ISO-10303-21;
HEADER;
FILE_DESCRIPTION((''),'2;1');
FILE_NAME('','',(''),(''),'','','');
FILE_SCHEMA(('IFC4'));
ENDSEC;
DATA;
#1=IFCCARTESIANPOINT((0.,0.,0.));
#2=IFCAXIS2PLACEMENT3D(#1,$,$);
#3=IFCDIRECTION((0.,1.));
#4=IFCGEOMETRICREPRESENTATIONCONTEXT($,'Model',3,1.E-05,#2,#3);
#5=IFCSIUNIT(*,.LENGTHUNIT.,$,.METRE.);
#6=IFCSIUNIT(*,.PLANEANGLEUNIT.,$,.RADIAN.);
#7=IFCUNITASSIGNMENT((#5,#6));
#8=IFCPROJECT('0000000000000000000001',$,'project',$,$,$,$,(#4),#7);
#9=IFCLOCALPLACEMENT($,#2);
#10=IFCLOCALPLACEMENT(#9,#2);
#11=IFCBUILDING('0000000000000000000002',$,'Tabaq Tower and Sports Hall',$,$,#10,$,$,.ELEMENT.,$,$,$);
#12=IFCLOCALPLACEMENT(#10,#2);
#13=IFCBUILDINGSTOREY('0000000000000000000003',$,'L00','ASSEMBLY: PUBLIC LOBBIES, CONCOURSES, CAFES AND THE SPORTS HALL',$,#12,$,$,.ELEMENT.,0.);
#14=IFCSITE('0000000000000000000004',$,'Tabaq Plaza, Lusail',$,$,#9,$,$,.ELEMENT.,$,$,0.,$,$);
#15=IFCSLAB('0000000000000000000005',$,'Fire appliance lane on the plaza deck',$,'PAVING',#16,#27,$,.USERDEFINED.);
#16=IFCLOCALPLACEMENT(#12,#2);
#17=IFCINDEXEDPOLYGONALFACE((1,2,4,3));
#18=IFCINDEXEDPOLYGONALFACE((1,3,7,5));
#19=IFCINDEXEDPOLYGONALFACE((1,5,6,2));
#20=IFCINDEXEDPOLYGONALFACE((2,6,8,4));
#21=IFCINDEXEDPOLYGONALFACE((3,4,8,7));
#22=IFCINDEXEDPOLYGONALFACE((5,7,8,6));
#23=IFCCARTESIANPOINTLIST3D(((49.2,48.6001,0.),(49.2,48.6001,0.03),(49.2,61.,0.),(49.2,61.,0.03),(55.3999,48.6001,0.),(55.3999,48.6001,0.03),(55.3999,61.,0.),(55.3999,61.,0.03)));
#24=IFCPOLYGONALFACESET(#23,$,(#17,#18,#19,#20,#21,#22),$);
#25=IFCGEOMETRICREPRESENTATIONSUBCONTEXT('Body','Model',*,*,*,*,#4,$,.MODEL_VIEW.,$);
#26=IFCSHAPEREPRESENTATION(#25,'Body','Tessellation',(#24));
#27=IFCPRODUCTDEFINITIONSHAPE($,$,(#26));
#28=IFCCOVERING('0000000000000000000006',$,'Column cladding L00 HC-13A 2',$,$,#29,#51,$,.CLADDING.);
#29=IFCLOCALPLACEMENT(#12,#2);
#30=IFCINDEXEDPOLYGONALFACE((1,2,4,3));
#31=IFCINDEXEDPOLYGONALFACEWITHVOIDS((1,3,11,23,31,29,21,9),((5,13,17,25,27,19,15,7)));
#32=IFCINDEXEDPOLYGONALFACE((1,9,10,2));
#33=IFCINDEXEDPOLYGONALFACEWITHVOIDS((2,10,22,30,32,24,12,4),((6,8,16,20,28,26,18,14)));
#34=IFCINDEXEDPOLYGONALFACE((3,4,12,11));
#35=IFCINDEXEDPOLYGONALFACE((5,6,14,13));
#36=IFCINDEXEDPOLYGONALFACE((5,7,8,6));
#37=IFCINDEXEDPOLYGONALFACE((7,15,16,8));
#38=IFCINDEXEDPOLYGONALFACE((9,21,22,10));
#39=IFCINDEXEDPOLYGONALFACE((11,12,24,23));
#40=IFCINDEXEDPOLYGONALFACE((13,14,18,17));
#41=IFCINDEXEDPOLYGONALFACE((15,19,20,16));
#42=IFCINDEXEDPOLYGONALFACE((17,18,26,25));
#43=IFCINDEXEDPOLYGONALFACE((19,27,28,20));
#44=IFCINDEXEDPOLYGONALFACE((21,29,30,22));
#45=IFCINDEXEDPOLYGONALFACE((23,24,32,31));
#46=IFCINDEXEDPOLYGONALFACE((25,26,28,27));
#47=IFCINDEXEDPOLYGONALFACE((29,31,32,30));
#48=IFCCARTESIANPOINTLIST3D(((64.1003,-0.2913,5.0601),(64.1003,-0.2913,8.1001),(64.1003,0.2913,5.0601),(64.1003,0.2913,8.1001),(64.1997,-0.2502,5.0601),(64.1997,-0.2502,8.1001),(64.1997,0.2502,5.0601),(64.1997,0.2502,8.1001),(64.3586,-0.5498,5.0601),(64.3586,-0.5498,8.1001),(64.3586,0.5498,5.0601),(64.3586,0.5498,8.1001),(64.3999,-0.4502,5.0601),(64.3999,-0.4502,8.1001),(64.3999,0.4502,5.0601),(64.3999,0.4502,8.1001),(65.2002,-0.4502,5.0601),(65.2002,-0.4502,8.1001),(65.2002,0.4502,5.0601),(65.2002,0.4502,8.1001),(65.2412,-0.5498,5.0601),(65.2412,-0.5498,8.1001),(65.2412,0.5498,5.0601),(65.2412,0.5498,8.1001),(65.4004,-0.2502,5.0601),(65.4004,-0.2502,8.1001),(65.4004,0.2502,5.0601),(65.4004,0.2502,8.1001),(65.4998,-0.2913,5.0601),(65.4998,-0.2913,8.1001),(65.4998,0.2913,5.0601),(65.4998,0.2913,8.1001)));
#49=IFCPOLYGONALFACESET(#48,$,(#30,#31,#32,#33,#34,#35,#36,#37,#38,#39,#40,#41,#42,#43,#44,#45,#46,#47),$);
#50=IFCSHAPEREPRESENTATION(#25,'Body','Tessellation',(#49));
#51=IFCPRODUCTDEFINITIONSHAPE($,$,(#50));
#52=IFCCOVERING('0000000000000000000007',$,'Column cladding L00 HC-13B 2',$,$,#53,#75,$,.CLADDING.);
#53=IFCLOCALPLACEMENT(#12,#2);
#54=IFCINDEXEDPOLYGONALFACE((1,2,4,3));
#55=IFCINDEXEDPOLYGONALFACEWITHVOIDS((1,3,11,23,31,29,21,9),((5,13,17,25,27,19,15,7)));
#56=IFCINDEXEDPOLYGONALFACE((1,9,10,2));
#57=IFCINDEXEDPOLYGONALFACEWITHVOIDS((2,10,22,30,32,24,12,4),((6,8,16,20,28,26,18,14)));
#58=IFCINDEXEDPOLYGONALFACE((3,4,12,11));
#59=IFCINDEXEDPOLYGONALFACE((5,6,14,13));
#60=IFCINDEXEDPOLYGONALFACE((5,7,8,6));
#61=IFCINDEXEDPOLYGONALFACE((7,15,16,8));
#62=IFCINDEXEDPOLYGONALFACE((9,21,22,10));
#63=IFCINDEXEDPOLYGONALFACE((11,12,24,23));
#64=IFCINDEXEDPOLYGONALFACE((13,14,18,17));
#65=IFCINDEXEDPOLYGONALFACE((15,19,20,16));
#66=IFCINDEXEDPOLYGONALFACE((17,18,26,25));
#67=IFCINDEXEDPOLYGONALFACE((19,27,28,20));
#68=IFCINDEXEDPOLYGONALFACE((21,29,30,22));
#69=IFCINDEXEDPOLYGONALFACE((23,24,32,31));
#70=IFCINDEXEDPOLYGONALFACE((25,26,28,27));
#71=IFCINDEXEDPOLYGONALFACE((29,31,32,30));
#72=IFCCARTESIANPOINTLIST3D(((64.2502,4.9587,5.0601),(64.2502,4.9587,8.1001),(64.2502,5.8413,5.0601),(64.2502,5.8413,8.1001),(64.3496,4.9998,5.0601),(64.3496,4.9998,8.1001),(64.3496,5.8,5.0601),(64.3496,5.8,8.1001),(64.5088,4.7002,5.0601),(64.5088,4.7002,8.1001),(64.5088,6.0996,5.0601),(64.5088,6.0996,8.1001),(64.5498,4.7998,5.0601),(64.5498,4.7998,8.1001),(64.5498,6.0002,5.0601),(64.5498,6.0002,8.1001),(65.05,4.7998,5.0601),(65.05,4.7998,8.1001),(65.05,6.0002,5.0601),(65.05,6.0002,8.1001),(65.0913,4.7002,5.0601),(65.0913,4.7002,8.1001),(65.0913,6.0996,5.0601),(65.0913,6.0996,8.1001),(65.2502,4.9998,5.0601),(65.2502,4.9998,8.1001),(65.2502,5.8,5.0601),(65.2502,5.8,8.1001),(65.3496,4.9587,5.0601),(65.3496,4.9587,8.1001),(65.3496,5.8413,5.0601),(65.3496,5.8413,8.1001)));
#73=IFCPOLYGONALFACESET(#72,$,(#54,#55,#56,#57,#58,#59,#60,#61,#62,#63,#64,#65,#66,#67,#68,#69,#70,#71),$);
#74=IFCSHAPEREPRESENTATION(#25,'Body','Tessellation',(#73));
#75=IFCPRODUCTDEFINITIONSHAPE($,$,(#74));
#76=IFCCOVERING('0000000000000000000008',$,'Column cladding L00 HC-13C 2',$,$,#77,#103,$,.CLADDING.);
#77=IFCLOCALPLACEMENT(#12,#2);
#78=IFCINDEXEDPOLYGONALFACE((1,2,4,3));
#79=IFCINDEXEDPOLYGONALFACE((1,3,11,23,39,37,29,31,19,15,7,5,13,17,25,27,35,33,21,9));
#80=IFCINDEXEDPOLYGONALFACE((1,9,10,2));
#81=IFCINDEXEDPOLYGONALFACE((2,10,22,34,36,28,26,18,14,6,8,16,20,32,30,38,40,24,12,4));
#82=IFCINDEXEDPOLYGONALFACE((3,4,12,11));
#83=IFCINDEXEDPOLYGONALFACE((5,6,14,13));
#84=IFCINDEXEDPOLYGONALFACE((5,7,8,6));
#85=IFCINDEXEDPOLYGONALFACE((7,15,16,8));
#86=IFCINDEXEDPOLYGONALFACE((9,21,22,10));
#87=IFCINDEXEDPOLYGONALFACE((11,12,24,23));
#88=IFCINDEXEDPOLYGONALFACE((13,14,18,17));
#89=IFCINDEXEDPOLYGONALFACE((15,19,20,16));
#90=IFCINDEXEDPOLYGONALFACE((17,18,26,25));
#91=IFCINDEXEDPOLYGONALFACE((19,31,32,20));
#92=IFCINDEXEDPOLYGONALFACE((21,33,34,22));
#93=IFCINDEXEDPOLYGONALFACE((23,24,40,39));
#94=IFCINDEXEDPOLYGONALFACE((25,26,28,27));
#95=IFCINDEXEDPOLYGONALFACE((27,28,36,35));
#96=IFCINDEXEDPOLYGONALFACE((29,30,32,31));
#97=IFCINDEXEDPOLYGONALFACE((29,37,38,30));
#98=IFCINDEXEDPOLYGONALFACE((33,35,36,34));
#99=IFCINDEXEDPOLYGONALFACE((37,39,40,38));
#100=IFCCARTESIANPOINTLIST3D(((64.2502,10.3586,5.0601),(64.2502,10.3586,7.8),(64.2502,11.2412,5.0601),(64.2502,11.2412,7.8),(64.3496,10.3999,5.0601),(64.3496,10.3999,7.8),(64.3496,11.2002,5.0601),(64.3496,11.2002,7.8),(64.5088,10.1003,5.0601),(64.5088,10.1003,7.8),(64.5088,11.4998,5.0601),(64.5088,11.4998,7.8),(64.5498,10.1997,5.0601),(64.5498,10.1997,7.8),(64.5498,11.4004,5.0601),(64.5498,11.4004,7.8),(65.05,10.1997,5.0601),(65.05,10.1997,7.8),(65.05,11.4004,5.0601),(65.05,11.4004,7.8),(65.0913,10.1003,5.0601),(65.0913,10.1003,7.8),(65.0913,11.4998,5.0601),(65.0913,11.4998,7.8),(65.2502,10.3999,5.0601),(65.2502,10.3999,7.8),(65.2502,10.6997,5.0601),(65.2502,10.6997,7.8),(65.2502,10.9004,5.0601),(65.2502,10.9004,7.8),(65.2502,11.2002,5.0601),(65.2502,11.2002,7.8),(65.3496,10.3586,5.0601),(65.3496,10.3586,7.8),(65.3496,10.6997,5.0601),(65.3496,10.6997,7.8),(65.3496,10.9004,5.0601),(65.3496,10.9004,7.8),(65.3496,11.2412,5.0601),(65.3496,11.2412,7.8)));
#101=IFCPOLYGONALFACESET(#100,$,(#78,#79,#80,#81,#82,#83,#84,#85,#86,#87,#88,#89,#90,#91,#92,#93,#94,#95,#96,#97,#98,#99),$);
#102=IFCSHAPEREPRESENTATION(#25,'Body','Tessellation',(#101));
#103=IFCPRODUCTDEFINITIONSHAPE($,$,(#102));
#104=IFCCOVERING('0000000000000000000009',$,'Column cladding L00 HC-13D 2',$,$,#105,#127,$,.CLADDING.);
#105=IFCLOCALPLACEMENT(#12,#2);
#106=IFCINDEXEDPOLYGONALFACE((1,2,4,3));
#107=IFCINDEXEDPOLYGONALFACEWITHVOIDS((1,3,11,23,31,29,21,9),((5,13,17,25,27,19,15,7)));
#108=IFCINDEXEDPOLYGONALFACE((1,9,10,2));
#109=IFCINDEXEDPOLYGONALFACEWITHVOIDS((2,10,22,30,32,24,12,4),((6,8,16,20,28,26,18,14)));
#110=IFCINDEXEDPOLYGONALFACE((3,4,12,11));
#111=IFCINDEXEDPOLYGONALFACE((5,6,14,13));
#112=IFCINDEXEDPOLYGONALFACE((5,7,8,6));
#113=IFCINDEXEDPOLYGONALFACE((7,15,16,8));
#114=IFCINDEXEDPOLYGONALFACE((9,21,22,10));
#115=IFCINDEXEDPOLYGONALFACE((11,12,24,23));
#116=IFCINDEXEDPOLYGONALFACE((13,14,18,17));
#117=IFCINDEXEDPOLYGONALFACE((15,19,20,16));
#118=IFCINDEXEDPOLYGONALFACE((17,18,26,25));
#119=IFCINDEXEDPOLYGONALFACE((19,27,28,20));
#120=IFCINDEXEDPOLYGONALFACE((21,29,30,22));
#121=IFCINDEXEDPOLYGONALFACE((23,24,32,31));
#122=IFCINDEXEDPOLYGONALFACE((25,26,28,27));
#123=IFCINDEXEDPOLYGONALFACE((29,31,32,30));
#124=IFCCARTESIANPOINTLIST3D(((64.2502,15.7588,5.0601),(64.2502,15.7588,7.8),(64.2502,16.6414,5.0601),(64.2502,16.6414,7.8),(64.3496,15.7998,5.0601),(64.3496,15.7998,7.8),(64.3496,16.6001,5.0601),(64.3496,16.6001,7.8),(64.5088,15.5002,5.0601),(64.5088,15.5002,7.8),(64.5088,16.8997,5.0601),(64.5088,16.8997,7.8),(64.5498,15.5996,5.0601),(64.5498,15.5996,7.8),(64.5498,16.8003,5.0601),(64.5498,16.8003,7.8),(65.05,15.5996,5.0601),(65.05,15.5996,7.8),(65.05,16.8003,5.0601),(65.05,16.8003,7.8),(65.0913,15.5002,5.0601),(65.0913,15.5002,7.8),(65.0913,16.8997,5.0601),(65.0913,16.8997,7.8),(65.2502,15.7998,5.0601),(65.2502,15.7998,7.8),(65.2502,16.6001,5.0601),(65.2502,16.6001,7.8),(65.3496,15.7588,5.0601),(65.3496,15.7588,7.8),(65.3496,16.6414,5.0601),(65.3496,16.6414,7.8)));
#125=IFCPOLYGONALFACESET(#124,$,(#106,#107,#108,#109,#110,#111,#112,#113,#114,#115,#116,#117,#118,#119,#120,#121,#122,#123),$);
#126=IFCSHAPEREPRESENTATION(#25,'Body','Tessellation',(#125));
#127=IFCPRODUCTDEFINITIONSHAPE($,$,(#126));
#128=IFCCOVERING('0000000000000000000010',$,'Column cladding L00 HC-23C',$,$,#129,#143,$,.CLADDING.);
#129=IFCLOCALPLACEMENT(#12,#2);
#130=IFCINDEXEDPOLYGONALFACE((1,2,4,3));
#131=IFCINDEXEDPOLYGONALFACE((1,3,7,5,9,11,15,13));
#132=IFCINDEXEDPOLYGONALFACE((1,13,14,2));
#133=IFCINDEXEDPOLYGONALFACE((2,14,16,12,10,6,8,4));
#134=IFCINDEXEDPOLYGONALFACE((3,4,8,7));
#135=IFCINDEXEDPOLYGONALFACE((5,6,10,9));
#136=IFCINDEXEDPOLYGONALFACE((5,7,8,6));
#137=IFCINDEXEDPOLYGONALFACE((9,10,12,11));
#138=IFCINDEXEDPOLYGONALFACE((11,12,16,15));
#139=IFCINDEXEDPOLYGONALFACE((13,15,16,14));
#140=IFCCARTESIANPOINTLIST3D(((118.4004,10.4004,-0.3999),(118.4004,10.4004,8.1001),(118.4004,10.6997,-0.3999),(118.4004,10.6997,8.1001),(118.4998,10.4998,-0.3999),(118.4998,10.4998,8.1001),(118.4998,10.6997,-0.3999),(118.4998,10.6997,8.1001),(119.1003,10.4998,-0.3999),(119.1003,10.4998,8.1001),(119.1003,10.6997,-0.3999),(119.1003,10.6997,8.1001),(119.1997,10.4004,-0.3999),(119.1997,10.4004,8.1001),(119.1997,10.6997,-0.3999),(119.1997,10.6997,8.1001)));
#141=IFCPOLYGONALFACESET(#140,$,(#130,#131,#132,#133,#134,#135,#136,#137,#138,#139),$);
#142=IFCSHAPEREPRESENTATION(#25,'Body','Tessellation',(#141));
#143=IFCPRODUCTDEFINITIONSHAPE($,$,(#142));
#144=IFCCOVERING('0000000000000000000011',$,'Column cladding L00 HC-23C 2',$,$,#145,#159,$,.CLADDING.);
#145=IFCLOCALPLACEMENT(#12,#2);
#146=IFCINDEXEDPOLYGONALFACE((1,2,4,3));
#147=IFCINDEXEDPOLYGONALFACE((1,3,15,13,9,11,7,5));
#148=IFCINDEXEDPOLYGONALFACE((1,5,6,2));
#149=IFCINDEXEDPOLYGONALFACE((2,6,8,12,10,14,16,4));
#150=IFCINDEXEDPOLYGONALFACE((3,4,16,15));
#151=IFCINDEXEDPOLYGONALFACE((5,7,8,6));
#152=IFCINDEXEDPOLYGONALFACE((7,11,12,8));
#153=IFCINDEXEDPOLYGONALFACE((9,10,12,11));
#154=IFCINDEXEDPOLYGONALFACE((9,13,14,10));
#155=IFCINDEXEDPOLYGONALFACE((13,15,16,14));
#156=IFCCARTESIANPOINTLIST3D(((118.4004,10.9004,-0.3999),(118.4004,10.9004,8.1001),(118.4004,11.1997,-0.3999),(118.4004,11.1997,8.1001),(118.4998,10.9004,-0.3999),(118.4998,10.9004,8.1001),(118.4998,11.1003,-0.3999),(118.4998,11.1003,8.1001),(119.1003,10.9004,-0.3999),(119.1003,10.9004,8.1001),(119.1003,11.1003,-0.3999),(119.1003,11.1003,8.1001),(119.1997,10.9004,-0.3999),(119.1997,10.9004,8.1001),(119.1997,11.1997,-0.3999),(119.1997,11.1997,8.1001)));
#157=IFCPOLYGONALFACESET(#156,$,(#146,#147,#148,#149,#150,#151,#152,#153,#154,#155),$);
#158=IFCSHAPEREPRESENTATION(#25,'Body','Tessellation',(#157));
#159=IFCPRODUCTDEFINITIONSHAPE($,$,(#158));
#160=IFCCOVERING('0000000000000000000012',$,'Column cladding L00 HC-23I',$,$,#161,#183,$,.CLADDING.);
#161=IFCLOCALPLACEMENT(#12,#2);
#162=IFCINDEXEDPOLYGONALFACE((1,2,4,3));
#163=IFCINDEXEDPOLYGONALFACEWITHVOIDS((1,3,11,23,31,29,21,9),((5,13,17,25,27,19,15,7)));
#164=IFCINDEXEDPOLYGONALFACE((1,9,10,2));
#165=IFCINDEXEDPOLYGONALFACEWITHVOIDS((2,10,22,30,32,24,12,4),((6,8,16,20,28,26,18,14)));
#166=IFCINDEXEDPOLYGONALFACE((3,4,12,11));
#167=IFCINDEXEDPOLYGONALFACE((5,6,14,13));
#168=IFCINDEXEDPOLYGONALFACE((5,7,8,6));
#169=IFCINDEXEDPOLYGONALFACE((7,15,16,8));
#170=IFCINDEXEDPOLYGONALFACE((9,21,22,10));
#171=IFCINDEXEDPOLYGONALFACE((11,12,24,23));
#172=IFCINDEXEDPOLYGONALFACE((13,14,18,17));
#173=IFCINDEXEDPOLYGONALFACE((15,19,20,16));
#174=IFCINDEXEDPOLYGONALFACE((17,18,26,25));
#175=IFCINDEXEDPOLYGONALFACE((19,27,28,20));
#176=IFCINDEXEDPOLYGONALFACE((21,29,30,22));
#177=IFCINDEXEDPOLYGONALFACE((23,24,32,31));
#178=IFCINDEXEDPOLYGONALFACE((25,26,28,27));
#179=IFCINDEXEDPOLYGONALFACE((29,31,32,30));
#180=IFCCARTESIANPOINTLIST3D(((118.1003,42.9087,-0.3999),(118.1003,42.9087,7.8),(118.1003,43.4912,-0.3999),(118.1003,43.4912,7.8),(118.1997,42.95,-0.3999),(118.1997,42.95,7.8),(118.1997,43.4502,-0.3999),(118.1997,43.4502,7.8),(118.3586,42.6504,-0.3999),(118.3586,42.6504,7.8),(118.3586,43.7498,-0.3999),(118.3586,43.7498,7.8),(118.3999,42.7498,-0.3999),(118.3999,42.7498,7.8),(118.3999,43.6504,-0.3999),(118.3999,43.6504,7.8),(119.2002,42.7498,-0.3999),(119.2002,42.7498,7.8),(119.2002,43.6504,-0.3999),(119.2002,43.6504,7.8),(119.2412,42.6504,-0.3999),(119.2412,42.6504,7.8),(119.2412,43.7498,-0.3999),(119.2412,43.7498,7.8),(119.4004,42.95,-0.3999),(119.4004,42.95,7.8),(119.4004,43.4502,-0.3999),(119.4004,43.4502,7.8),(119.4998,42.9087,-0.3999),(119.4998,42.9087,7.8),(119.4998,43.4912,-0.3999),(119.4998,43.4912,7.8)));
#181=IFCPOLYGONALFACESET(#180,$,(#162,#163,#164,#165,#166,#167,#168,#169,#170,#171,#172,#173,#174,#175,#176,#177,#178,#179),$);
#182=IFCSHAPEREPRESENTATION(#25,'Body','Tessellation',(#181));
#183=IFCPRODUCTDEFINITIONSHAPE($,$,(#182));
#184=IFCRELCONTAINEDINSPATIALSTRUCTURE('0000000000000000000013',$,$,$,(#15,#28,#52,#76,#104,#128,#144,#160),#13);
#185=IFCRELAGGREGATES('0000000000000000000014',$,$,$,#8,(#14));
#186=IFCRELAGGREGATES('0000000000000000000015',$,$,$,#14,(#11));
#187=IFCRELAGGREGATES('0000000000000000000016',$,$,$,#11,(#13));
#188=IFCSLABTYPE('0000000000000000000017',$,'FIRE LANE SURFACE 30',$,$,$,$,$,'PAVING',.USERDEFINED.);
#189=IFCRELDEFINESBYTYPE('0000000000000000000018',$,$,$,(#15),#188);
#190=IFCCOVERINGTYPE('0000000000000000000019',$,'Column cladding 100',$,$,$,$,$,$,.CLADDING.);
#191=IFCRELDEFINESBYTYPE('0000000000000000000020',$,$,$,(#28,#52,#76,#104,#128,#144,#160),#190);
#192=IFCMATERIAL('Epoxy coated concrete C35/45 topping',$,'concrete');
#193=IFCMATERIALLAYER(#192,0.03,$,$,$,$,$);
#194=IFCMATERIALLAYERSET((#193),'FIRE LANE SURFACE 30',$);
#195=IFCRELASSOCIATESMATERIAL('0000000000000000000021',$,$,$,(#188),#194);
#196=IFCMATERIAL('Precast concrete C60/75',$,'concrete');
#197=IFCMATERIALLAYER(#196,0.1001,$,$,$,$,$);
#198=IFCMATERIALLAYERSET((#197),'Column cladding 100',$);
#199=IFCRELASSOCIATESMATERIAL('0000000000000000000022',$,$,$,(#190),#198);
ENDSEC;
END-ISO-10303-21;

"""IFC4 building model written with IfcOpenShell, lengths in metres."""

from ifc_helpers import new_model, si_unit, direction, frame, origin, place, context, subcontext, project, spatial, polyline, outline, extrude, material, layer, layer_set, type_object, element, save


model = new_model("IFC4")

# Units and contexts
model_context = context("Model", 3, precision=1e-05, world=origin(), true_north=direction((0.0, 1.0)))
body_context = subcontext(model_context, "Body", "Model", "MODEL_VIEW")
ifc_project = project(units=[si_unit("LENGTHUNIT", "METRE"), si_unit("PLANEANGLEUNIT", "RADIAN")], contexts=[model_context])

# Site, building, storey
site_placement = place(None, origin())
site = spatial("IfcSite", under=ifc_project, at=site_placement, Name="Tabaq Plaza, Lusail", CompositionType="ELEMENT", RefElevation=0.0)
building_placement = place(site_placement, origin())
building = spatial("IfcBuilding", under=site, at=building_placement, Name="Tabaq Tower and Sports Hall", CompositionType="ELEMENT")
storey_placement = place(building_placement, origin())
storey = spatial("IfcBuildingStorey", under=building, at=storey_placement, Name="L00", Description="ASSEMBLY: PUBLIC LOBBIES, CONCOURSES, CAFES AND THE SPORTS HALL", CompositionType="ELEMENT", Elevation=0.0)

# Slab
ifc_material_1 = material(Name="Epoxy coated concrete C35/45 topping", Category="concrete")
ifc_layer_1 = layer(ifc_material_1, 0.03)
ifc_layer_set_1 = layer_set([ifc_layer_1], Name="FIRE LANE SURFACE 30")
slab_type = type_object("IfcSlabType", Name="FIRE LANE SURFACE 30", ElementType="PAVING", PredefinedType="USERDEFINED", material=ifc_layer_set_1)
slab_placement = place(storey_placement, origin())
element("IfcSlab", 1, at=slab_placement, inside=storey, type_object=slab_type, Name="Fire appliance lane on the plaza deck", ObjectType="PAVING", PredefinedType="USERDEFINED", context=body_context, shape_type="SweptSolid", body=[
    extrude(outline(polyline([(49.2, 48.6001), (55.3999, 48.6001), (55.3999, 61.0), (49.2, 61.0), (49.2, 48.6001)])), origin(), (0.0, 0.0, 1.0), 0.03),
])

# Coverings
ifc_material_2 = material(Name="Precast concrete C60/75", Category="concrete")
ifc_layer_2 = layer(ifc_material_2, 0.1001)
ifc_layer_set_2 = layer_set([ifc_layer_2], Name="Column cladding 100")
covering_type_1 = type_object("IfcCoveringType", Name="Column cladding 100", PredefinedType="CLADDING", material=ifc_layer_set_2)
covering_1_placement = place(storey_placement, frame((0.0, 0.0, 5.0601)))
element("IfcCovering", 2, at=covering_1_placement, inside=storey, type_object=covering_type_1, Name="Column cladding L00 HC-13A 2", PredefinedType="CLADDING", context=body_context, shape_type="SweptSolid", body=[
    extrude(outline(polyline([(64.1003, -0.2913), (64.1003, 0.2913), (64.3586, 0.5498), (65.2412, 0.5498), (65.4998, 0.2913), (65.4998, -0.2913), (65.2412, -0.5498), (64.3586, -0.5498), (64.1003, -0.2913)]), holes=[polyline([(65.2002, -0.4502), (65.4004, -0.2502), (65.4004, 0.2502), (65.2002, 0.4502), (64.3999, 0.4502), (64.1997, 0.2502), (64.1997, -0.2502), (64.3999, -0.4502), (65.2002, -0.4502)])]), origin(), (0.0, 0.0, 1.0), 3.04),
])
covering_2_placement = place(storey_placement, frame((0.0, 0.0, 5.0601)))
element("IfcCovering", 3, at=covering_2_placement, inside=storey, type_object=covering_type_1, Name="Column cladding L00 HC-13B 2", PredefinedType="CLADDING", context=body_context, shape_type="SweptSolid", body=[
    extrude(outline(polyline([(65.0913, 4.7002), (64.5088, 4.7002), (64.2502, 4.9587), (64.2502, 5.8413), (64.5088, 6.0996), (65.0913, 6.0996), (65.3496, 5.8413), (65.3496, 4.9587), (65.0913, 4.7002)]), holes=[polyline([(65.2502, 5.8), (65.05, 6.0002), (64.5498, 6.0002), (64.3496, 5.8), (64.3496, 4.9998), (64.5498, 4.7998), (65.05, 4.7998), (65.2502, 4.9998), (65.2502, 5.8)])]), origin(), (0.0, 0.0, 1.0), 3.04),
])
covering_3_placement = place(storey_placement, frame((0.0, 0.0, 5.0601)))
element("IfcCovering", 4, at=covering_3_placement, inside=storey, type_object=covering_type_1, Name="Column cladding L00 HC-13C 2", PredefinedType="CLADDING", context=body_context, shape_type="SweptSolid", body=[
    extrude(outline(polyline([(64.5088, 10.1003), (64.2502, 10.3586), (64.2502, 11.2412), (64.5088, 11.4998), (65.0913, 11.4998), (65.3496, 11.2412), (65.3496, 10.9004), (65.2502, 10.9004), (65.2502, 11.2002), (65.05, 11.4004), (64.5498, 11.4004), (64.3496, 11.2002), (64.3496, 10.3999), (64.5498, 10.1997), (65.05, 10.1997), (65.2502, 10.3999), (65.2502, 10.6997), (65.3496, 10.6997), (65.3496, 10.3586), (65.0913, 10.1003), (64.5088, 10.1003)])), origin(), (0.0, 0.0, 1.0), 2.74),
])
covering_4_placement = place(storey_placement, frame((0.0, 0.0, 5.0601)))
element("IfcCovering", 5, at=covering_4_placement, inside=storey, type_object=covering_type_1, Name="Column cladding L00 HC-13D 2", PredefinedType="CLADDING", context=body_context, shape_type="SweptSolid", body=[
    extrude(outline(polyline([(65.0913, 15.5002), (64.5088, 15.5002), (64.2502, 15.7588), (64.2502, 16.6414), (64.5088, 16.8997), (65.0913, 16.8997), (65.3496, 16.6414), (65.3496, 15.7588), (65.0913, 15.5002)]), holes=[polyline([(65.2502, 16.6001), (65.05, 16.8003), (64.5498, 16.8003), (64.3496, 16.6001), (64.3496, 15.7998), (64.5498, 15.5996), (65.05, 15.5996), (65.2502, 15.7998), (65.2502, 16.6001)])]), origin(), (0.0, 0.0, 1.0), 2.74),
])
covering_5_placement = place(storey_placement, frame((0.0, 0.0, -0.3999)))
element("IfcCovering", 6, at=covering_5_placement, inside=storey, type_object=covering_type_1, Name="Column cladding L00 HC-23C", PredefinedType="CLADDING", context=body_context, shape_type="SweptSolid", body=[
    extrude(outline(polyline([(119.1997, 10.4004), (118.4004, 10.4004), (118.4004, 10.6997), (118.4998, 10.6997), (118.4998, 10.4998), (119.1003, 10.4998), (119.1003, 10.6997), (119.1997, 10.6997), (119.1997, 10.4004)])), origin(), (0.0, 0.0, 1.0), 8.5),
])
covering_6_placement = place(storey_placement, frame((0.0, 0.0, -0.3999)))
element("IfcCovering", 7, at=covering_6_placement, inside=storey, type_object=covering_type_1, Name="Column cladding L00 HC-23C 2", PredefinedType="CLADDING", context=body_context, shape_type="SweptSolid", body=[
    extrude(outline(polyline([(119.1997, 11.1997), (119.1997, 10.9004), (119.1003, 10.9004), (119.1003, 11.1003), (118.4998, 11.1003), (118.4998, 10.9004), (118.4004, 10.9004), (118.4004, 11.1997), (119.1997, 11.1997)])), origin(), (0.0, 0.0, 1.0), 8.5),
])
covering_7_placement = place(storey_placement, frame((0.0, 0.0, -0.3999)))
element("IfcCovering", 8, at=covering_7_placement, inside=storey, type_object=covering_type_1, Name="Column cladding L00 HC-23I", PredefinedType="CLADDING", context=body_context, shape_type="SweptSolid", body=[
    extrude(outline(polyline([(118.1003, 42.9087), (118.1003, 43.4912), (118.3586, 43.7498), (119.2412, 43.7498), (119.4998, 43.4912), (119.4998, 42.9087), (119.2412, 42.6504), (118.3586, 42.6504), (118.1003, 42.9087)]), holes=[polyline([(119.2002, 42.7498), (119.4004, 42.95), (119.4004, 43.4502), (119.2002, 43.6504), (118.3999, 43.6504), (118.1997, 43.4502), (118.1997, 42.95), (118.3999, 42.7498), (119.2002, 42.7498)])]), origin(), (0.0, 0.0, 1.0), 8.2),
])

save(model, "model.ifc")
